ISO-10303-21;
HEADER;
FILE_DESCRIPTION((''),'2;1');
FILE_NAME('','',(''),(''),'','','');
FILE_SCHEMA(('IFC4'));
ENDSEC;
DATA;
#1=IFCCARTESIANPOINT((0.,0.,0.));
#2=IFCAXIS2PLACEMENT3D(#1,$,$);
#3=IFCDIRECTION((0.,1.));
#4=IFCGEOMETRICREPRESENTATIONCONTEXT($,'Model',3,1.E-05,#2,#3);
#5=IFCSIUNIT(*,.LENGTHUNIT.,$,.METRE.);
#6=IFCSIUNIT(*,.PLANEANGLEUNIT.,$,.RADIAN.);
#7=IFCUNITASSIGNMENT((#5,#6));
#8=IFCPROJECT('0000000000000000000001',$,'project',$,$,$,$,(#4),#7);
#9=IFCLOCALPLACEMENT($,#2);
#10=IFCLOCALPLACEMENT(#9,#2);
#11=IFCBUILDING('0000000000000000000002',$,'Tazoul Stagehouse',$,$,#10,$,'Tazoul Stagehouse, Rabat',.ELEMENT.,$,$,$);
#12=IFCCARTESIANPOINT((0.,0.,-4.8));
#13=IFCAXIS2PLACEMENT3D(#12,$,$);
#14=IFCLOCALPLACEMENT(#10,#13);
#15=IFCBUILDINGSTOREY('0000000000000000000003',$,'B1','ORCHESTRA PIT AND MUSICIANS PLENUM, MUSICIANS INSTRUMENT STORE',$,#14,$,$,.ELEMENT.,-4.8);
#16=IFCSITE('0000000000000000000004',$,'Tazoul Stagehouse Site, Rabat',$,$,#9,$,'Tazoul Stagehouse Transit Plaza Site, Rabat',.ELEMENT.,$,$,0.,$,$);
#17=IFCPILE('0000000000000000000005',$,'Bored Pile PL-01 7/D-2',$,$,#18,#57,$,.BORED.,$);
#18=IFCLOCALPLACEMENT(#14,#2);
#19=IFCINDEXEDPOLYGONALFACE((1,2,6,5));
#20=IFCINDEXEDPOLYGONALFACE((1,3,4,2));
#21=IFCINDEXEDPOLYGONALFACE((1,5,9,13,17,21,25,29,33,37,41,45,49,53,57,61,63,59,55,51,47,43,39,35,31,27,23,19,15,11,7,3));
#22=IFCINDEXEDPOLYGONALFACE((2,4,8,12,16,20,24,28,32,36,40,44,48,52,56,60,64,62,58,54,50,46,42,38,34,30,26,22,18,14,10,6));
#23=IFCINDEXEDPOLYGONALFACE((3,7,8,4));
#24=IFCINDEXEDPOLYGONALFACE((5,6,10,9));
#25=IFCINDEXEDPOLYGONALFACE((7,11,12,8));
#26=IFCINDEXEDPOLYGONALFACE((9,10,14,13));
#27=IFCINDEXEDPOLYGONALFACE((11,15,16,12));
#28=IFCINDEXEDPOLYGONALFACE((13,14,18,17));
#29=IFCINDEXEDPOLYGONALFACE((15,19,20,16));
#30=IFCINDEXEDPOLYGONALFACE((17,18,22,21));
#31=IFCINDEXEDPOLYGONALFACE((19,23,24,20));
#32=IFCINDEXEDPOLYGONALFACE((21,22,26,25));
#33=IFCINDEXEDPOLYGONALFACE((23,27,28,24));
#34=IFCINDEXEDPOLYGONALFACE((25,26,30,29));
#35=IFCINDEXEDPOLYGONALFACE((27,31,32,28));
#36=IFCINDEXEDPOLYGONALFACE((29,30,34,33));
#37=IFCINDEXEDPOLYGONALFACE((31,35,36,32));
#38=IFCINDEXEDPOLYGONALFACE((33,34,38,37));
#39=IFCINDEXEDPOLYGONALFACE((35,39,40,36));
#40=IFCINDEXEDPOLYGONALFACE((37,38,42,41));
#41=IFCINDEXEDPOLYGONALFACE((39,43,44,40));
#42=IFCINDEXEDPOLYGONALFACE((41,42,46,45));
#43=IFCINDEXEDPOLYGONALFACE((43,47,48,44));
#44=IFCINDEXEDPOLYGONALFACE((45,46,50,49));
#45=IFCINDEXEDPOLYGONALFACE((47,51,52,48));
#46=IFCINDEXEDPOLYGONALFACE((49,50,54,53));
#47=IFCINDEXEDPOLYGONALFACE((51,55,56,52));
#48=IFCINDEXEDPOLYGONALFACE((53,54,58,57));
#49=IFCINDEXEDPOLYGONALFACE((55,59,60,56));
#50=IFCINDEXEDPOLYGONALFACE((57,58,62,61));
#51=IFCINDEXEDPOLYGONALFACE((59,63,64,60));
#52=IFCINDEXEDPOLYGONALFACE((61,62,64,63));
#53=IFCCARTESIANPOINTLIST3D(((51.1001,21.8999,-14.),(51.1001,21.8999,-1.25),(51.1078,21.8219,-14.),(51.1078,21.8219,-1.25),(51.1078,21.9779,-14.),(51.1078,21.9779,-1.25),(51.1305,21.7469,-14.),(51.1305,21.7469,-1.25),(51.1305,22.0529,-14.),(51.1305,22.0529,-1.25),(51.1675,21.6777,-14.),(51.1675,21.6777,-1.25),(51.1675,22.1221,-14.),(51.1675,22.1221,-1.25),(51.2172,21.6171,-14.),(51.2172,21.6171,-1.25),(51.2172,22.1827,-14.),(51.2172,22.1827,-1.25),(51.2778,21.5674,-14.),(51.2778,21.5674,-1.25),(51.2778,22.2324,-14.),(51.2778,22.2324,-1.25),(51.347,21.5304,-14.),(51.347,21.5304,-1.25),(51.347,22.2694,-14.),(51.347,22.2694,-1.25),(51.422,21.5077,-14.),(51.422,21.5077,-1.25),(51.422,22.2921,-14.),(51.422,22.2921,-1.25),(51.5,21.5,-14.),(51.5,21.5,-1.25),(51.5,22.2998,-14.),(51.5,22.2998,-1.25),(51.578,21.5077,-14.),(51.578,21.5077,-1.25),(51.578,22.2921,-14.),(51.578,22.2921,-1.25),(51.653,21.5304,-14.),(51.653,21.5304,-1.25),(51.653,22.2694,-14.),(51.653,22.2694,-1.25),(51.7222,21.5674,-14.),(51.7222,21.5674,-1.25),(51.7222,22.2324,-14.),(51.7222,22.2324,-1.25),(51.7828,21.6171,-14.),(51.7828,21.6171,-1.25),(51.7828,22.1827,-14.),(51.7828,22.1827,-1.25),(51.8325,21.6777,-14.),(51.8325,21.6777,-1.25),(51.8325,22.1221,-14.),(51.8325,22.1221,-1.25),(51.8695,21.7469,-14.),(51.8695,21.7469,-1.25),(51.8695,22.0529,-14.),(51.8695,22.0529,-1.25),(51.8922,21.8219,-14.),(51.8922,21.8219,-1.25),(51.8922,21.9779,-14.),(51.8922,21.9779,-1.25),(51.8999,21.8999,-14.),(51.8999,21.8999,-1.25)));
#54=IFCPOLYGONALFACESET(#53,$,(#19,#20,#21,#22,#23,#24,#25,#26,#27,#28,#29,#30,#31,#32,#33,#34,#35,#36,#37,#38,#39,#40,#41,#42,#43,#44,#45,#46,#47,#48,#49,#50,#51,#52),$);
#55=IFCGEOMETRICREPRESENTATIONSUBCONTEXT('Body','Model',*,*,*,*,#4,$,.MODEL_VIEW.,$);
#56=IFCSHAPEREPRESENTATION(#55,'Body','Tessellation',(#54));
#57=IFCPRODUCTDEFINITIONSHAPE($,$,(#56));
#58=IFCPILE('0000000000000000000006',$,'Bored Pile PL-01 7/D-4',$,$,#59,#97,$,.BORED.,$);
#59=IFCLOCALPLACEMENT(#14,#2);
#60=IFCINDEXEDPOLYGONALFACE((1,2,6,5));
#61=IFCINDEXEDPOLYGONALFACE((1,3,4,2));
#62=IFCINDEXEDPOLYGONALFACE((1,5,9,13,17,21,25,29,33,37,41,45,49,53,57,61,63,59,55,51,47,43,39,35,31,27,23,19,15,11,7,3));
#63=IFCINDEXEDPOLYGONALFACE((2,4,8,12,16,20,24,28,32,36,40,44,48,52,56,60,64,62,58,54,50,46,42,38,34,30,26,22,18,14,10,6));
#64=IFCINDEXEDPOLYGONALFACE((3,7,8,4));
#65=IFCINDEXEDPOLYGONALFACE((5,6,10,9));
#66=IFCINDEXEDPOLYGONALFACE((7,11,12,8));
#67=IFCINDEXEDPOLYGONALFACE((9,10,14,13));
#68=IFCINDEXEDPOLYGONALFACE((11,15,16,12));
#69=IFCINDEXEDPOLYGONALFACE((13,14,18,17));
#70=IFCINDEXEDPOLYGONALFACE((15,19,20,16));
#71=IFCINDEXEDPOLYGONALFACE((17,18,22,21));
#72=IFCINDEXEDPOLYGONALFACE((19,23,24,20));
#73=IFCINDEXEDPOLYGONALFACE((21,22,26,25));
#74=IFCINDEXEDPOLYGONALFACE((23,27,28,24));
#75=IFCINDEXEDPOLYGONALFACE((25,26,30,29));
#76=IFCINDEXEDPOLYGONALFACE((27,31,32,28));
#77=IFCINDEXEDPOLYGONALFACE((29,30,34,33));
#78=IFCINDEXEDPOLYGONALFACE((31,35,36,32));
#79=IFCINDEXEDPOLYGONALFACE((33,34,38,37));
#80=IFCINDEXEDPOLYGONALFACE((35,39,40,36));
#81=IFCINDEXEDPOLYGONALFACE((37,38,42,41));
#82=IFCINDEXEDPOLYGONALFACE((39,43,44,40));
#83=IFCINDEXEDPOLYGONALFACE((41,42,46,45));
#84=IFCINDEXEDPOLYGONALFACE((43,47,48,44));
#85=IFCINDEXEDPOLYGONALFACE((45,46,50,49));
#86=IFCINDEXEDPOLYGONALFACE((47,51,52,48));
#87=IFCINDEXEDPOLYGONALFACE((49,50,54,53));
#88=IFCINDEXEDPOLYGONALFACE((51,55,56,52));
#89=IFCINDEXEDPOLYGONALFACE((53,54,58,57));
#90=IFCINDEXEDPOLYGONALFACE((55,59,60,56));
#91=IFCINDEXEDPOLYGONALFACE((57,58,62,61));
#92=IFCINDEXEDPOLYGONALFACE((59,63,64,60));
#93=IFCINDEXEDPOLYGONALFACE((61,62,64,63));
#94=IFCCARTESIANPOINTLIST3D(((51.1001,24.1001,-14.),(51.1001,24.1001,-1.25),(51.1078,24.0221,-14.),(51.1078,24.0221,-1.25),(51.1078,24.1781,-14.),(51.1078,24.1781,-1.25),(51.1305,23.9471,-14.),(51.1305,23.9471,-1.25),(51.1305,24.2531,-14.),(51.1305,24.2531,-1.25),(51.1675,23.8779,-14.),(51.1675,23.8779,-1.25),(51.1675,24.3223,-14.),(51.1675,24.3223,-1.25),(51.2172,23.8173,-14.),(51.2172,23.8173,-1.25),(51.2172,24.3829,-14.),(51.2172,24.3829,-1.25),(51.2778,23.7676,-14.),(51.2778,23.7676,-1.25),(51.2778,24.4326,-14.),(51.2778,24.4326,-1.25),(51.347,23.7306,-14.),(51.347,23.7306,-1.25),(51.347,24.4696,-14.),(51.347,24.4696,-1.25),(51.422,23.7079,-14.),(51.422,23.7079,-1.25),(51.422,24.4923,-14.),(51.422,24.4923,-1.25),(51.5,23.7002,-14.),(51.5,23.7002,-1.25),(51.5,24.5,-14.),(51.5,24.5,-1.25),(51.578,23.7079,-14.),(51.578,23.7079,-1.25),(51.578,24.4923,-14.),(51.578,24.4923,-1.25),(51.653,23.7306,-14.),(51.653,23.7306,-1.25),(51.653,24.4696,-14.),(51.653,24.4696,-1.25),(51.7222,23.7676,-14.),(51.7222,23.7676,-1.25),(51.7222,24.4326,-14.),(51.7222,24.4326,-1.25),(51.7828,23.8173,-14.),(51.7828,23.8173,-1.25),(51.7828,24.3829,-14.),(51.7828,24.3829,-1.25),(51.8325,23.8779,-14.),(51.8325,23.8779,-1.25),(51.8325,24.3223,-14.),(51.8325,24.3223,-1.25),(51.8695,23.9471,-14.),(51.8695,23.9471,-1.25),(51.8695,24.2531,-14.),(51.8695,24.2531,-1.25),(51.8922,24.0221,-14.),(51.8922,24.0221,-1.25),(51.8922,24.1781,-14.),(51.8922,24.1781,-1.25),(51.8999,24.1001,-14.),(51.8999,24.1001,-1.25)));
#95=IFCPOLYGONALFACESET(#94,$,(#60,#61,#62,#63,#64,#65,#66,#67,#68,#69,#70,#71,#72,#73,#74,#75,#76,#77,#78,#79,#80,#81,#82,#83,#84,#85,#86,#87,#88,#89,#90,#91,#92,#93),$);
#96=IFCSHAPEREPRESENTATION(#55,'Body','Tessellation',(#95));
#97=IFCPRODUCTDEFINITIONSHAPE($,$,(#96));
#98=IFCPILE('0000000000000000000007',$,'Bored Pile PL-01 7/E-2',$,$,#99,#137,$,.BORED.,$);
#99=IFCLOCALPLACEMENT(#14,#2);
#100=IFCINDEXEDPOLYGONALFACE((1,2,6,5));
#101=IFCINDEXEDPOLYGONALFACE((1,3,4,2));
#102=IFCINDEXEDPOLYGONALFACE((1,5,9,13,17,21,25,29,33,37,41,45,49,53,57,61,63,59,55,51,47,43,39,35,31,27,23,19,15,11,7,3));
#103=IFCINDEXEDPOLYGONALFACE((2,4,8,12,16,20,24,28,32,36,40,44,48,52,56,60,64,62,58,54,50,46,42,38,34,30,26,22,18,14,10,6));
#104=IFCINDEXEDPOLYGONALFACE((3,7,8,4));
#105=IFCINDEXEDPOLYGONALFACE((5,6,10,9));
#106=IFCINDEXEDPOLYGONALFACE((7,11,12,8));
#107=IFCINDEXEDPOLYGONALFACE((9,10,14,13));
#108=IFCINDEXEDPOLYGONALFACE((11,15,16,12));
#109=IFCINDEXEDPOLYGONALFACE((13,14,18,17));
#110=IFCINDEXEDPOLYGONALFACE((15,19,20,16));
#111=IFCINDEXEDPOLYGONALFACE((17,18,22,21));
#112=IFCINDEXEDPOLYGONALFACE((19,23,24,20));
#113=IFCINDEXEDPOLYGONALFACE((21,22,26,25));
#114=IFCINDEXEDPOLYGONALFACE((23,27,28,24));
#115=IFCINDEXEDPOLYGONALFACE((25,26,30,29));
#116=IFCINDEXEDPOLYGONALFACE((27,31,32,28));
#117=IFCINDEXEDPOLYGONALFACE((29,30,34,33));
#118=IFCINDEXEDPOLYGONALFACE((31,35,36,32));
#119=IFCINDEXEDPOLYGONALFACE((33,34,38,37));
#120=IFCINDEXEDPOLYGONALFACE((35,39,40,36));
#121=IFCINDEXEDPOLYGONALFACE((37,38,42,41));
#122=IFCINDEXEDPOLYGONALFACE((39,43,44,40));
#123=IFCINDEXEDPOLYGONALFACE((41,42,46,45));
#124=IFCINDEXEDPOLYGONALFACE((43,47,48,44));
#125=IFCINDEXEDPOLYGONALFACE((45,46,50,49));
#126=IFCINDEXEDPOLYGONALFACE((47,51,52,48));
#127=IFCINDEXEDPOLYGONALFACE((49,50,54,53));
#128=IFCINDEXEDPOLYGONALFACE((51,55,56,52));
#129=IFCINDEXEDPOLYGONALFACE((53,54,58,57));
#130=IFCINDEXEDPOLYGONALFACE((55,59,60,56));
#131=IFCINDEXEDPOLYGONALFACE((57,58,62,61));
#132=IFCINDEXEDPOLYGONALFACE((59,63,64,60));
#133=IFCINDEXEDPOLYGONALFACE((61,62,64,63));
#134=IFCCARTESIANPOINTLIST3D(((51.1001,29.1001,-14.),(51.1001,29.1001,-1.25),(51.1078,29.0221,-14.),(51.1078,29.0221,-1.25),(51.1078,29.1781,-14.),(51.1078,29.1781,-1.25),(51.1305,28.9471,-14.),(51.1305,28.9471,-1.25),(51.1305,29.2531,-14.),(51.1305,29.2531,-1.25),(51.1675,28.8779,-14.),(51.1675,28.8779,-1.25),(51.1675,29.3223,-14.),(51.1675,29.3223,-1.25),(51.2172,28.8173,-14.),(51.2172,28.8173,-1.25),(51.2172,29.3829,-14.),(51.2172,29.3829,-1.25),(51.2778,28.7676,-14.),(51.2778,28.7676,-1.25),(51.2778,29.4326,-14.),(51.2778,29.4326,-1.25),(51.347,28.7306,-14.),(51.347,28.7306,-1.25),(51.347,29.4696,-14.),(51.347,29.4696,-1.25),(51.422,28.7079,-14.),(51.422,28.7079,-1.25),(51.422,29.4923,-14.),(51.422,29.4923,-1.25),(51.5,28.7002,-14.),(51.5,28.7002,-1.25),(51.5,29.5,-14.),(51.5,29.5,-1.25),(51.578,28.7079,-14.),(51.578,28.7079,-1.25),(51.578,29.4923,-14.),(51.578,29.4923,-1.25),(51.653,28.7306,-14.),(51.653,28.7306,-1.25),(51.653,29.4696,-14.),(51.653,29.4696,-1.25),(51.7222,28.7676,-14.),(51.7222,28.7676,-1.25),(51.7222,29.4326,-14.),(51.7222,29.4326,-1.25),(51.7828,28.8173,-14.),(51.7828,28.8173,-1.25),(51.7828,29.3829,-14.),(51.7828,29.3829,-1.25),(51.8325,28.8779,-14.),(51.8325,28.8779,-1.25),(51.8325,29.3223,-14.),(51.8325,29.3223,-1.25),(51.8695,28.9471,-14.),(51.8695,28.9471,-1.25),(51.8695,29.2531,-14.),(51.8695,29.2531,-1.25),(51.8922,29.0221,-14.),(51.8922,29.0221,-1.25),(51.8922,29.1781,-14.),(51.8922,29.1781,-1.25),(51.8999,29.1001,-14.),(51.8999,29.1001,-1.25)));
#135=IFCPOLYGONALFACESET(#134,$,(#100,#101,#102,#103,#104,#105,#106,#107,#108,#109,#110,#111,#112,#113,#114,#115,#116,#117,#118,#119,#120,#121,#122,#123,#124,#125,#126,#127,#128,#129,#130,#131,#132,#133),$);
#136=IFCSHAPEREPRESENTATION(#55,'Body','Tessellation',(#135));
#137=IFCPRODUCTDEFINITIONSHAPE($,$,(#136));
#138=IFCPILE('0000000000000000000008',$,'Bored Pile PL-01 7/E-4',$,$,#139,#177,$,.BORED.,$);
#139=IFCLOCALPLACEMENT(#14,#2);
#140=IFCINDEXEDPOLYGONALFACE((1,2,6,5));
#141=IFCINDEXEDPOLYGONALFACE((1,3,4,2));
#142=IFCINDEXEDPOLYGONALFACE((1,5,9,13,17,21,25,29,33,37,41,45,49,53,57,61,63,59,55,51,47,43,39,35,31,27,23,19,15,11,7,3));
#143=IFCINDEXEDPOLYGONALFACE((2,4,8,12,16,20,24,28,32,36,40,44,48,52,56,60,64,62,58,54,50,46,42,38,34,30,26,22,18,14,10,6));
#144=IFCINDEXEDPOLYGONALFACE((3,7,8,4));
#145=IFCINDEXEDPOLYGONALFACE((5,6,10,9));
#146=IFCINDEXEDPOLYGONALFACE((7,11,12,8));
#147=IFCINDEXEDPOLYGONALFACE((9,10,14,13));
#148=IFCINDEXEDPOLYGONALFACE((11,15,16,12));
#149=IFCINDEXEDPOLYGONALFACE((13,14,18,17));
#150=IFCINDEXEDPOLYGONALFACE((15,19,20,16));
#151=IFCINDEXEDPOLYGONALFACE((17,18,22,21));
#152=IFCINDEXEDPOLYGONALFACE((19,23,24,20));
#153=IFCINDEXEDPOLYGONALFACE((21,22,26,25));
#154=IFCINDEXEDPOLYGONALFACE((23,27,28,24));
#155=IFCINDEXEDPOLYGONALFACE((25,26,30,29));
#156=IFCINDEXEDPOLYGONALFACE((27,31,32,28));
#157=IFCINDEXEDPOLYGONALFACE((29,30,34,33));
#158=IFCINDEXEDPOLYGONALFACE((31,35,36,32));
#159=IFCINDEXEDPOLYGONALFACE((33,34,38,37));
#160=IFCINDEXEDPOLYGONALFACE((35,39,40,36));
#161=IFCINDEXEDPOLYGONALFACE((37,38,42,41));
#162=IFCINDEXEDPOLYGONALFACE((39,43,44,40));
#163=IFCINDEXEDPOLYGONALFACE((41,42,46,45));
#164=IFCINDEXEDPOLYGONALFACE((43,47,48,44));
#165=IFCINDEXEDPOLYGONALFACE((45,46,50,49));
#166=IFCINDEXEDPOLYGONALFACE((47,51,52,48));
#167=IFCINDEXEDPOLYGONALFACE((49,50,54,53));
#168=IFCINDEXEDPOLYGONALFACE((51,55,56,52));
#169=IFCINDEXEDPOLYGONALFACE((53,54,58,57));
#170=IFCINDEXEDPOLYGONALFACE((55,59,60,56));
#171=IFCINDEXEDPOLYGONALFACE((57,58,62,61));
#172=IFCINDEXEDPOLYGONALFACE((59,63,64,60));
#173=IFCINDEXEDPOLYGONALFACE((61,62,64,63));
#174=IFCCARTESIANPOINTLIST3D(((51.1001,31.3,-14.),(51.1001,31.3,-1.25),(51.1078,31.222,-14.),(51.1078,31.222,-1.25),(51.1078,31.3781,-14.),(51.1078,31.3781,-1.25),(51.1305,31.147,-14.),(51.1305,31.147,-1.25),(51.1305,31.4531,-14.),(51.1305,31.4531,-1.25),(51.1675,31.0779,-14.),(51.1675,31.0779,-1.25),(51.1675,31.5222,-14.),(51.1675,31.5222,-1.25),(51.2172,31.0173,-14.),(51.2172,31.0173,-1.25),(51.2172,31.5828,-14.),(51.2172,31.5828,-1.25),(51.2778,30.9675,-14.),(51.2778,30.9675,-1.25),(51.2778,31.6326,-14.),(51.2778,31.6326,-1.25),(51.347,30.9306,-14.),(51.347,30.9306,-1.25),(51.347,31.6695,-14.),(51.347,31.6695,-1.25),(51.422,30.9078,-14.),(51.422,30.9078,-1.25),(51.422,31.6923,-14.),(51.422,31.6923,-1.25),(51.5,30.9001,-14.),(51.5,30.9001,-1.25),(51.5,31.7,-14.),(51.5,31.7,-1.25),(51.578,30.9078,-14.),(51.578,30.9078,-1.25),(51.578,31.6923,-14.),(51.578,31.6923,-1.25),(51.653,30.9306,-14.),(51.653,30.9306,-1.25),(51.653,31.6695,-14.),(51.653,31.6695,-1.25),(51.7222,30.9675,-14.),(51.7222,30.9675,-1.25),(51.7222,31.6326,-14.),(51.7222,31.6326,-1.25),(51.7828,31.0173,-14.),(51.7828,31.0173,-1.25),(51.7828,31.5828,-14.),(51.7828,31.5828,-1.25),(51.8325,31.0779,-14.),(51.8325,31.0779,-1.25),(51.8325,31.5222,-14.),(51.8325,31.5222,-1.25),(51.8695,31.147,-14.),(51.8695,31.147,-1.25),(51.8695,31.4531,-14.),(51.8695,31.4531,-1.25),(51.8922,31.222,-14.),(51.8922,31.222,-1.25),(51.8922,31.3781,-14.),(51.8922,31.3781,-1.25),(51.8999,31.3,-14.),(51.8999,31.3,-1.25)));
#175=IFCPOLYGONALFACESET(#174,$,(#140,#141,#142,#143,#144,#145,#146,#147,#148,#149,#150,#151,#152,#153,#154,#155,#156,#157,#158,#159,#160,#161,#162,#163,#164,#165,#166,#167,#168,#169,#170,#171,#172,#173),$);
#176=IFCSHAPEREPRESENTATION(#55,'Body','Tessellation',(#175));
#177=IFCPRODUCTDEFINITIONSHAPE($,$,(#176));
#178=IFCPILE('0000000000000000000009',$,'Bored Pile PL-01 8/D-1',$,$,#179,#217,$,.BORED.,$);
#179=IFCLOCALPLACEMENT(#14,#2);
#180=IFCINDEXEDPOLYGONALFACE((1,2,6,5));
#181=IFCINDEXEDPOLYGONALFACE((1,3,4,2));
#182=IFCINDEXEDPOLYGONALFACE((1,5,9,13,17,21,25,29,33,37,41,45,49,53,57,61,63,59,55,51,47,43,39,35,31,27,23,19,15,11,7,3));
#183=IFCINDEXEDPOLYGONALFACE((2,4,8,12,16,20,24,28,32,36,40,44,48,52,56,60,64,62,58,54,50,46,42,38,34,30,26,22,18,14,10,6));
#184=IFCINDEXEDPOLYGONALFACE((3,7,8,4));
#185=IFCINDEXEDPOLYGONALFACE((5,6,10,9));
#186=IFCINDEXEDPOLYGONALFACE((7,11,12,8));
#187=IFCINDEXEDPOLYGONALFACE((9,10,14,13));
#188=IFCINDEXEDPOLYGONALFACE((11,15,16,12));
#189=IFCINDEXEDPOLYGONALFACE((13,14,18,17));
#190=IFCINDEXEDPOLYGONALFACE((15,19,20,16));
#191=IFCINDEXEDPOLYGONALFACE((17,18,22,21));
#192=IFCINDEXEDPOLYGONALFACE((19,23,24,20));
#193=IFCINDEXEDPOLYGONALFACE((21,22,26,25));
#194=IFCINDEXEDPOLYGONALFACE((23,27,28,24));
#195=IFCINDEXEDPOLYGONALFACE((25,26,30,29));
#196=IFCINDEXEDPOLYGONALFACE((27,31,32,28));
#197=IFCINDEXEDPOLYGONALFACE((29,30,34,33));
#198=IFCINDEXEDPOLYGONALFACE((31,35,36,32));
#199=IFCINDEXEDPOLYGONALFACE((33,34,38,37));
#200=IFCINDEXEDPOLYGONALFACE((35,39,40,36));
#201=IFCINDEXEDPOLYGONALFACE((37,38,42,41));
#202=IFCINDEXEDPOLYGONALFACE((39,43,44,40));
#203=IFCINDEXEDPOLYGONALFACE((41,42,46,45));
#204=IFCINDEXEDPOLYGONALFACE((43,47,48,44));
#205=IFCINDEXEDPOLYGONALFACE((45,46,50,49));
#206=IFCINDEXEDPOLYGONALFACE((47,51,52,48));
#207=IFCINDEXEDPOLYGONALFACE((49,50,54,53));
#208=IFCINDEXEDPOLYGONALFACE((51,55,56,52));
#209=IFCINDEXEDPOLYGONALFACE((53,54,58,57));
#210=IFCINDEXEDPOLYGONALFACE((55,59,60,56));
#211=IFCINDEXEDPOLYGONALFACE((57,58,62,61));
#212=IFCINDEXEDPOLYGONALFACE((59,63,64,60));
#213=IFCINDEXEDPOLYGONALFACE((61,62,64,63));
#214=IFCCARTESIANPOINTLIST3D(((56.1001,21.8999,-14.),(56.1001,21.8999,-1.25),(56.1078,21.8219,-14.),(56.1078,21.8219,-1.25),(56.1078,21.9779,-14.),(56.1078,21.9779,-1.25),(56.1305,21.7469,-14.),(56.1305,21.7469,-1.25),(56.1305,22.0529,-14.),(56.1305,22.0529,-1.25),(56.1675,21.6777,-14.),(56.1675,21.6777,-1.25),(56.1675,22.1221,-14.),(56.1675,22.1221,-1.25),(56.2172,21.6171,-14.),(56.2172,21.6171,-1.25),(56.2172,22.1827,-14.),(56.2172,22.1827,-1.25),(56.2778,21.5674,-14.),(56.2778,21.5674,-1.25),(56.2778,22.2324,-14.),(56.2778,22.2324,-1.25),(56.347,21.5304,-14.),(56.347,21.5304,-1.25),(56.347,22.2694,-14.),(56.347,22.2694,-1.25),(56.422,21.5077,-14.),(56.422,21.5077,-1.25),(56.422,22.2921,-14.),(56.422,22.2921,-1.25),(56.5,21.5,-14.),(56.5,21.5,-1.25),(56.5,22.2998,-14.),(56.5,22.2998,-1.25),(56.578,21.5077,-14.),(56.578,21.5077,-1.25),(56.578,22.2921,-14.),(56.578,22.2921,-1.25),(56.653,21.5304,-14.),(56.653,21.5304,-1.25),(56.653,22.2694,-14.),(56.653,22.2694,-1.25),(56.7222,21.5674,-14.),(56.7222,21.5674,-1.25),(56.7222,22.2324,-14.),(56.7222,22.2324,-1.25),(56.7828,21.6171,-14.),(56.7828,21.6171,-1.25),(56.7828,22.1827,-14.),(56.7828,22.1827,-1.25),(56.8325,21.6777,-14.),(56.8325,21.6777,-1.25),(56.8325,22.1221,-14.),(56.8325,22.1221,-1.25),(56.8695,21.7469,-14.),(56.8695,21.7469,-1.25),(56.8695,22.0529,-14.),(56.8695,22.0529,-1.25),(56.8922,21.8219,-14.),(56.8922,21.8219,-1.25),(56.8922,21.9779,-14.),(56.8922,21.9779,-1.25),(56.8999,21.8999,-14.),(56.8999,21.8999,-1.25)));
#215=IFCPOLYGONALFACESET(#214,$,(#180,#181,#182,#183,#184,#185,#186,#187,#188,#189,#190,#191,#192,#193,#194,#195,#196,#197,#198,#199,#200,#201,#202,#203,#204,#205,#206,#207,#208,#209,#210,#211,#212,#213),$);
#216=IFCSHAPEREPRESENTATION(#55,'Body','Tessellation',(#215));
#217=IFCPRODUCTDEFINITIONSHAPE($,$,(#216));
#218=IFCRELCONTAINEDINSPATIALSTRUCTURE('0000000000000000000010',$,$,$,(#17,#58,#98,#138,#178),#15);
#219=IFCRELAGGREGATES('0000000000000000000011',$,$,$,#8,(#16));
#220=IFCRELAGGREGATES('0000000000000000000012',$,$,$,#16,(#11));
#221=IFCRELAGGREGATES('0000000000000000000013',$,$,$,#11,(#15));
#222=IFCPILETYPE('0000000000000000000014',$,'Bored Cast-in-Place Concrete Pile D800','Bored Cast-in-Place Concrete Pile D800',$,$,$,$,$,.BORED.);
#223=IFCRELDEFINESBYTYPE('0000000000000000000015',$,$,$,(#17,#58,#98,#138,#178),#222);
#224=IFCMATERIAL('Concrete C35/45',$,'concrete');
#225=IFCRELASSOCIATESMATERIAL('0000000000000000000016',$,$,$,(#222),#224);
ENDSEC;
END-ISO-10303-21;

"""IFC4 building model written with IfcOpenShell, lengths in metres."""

from ifc_helpers import new_model, si_unit, direction, frame, origin, origin_2d, place, context, subcontext, project, spatial, circle, extrude, material, material_profile, profile_set, type_object, element, save


model = new_model("IFC4")

# Units and contexts
model_context = context("Model", 3, precision=1e-05, world=origin(), true_north=direction((0.0, 1.0)))
body_context = subcontext(model_context, "Body", "Model", "MODEL_VIEW")
ifc_project = project(units=[si_unit("LENGTHUNIT", "METRE"), si_unit("PLANEANGLEUNIT", "RADIAN")], contexts=[model_context])

# Site, building, storey
site_placement = place(None, origin())
site = spatial("IfcSite", under=ifc_project, at=site_placement, Name="Tazoul Stagehouse Site, Rabat", LongName="Tazoul Stagehouse Transit Plaza Site, Rabat", CompositionType="ELEMENT", RefElevation=0.0)
building_placement = place(site_placement, origin())
building = spatial("IfcBuilding", under=site, at=building_placement, Name="Tazoul Stagehouse", LongName="Tazoul Stagehouse, Rabat", CompositionType="ELEMENT")
storey_placement = place(building_placement, frame((0.0, 0.0, -4.8)))
storey = spatial("IfcBuildingStorey", under=building, at=storey_placement, Name="B1", Description="ORCHESTRA PIT AND MUSICIANS PLENUM, MUSICIANS INSTRUMENT STORE", CompositionType="ELEMENT", Elevation=-4.8)

# Piles
ifc_material_1 = material(Name="Concrete C35/45", Category="concrete")
ifc_material_profile_1 = material_profile(ifc_material_1, circle(Radius=0.3999, at=origin_2d()), Name="BORED PILE 800")
ifc_profile_set_1 = profile_set([ifc_material_profile_1], Name="Concrete C35/45")
pile_type = type_object("IfcPileType", Name="Bored Cast-in-Place Concrete Pile D800", Description="Bored Cast-in-Place Concrete Pile D800", PredefinedType="BORED", material=ifc_profile_set_1)
for number, where, z_axis, x_axis, name in (
    (1, (51.5, 21.8999, -1.25), (0.0, 0.0, -1.0), (1.0, 0.0, 0.0), "Bored Pile PL-01 7/D-2"),
    (2, (51.5, 24.1001, -1.25), (0.0, 0.0, -1.0), (1.0, 0.0, 0.0), "Bored Pile PL-01 7/D-4"),
    (3, (51.5, 29.1001, -1.25), (0.0, 0.0, -1.0), (1.0, 0.0, 0.0), "Bored Pile PL-01 7/E-2"),
    (4, (51.5, 31.3, -1.25), (0.0, 0.0, -1.0), (1.0, 0.0, 0.0), "Bored Pile PL-01 7/E-4"),
    (5, (56.5, 21.8999, -1.25), (0.0, 0.0, -1.0), (1.0, 0.0, 0.0), "Bored Pile PL-01 8/D-1"),
):
    element("IfcPile", number, at=place(storey_placement, frame(where, z_axis=z_axis, x_axis=x_axis)), inside=storey, type_object=pile_type, Name=name, PredefinedType="BORED", context=body_context, shape_type="SweptSolid", body=[
        extrude(circle(Radius=0.3999, at=origin_2d()), origin(), (0.0, 0.0, 1.0), 12.75),
    ])

save(model, "model.ifc")
